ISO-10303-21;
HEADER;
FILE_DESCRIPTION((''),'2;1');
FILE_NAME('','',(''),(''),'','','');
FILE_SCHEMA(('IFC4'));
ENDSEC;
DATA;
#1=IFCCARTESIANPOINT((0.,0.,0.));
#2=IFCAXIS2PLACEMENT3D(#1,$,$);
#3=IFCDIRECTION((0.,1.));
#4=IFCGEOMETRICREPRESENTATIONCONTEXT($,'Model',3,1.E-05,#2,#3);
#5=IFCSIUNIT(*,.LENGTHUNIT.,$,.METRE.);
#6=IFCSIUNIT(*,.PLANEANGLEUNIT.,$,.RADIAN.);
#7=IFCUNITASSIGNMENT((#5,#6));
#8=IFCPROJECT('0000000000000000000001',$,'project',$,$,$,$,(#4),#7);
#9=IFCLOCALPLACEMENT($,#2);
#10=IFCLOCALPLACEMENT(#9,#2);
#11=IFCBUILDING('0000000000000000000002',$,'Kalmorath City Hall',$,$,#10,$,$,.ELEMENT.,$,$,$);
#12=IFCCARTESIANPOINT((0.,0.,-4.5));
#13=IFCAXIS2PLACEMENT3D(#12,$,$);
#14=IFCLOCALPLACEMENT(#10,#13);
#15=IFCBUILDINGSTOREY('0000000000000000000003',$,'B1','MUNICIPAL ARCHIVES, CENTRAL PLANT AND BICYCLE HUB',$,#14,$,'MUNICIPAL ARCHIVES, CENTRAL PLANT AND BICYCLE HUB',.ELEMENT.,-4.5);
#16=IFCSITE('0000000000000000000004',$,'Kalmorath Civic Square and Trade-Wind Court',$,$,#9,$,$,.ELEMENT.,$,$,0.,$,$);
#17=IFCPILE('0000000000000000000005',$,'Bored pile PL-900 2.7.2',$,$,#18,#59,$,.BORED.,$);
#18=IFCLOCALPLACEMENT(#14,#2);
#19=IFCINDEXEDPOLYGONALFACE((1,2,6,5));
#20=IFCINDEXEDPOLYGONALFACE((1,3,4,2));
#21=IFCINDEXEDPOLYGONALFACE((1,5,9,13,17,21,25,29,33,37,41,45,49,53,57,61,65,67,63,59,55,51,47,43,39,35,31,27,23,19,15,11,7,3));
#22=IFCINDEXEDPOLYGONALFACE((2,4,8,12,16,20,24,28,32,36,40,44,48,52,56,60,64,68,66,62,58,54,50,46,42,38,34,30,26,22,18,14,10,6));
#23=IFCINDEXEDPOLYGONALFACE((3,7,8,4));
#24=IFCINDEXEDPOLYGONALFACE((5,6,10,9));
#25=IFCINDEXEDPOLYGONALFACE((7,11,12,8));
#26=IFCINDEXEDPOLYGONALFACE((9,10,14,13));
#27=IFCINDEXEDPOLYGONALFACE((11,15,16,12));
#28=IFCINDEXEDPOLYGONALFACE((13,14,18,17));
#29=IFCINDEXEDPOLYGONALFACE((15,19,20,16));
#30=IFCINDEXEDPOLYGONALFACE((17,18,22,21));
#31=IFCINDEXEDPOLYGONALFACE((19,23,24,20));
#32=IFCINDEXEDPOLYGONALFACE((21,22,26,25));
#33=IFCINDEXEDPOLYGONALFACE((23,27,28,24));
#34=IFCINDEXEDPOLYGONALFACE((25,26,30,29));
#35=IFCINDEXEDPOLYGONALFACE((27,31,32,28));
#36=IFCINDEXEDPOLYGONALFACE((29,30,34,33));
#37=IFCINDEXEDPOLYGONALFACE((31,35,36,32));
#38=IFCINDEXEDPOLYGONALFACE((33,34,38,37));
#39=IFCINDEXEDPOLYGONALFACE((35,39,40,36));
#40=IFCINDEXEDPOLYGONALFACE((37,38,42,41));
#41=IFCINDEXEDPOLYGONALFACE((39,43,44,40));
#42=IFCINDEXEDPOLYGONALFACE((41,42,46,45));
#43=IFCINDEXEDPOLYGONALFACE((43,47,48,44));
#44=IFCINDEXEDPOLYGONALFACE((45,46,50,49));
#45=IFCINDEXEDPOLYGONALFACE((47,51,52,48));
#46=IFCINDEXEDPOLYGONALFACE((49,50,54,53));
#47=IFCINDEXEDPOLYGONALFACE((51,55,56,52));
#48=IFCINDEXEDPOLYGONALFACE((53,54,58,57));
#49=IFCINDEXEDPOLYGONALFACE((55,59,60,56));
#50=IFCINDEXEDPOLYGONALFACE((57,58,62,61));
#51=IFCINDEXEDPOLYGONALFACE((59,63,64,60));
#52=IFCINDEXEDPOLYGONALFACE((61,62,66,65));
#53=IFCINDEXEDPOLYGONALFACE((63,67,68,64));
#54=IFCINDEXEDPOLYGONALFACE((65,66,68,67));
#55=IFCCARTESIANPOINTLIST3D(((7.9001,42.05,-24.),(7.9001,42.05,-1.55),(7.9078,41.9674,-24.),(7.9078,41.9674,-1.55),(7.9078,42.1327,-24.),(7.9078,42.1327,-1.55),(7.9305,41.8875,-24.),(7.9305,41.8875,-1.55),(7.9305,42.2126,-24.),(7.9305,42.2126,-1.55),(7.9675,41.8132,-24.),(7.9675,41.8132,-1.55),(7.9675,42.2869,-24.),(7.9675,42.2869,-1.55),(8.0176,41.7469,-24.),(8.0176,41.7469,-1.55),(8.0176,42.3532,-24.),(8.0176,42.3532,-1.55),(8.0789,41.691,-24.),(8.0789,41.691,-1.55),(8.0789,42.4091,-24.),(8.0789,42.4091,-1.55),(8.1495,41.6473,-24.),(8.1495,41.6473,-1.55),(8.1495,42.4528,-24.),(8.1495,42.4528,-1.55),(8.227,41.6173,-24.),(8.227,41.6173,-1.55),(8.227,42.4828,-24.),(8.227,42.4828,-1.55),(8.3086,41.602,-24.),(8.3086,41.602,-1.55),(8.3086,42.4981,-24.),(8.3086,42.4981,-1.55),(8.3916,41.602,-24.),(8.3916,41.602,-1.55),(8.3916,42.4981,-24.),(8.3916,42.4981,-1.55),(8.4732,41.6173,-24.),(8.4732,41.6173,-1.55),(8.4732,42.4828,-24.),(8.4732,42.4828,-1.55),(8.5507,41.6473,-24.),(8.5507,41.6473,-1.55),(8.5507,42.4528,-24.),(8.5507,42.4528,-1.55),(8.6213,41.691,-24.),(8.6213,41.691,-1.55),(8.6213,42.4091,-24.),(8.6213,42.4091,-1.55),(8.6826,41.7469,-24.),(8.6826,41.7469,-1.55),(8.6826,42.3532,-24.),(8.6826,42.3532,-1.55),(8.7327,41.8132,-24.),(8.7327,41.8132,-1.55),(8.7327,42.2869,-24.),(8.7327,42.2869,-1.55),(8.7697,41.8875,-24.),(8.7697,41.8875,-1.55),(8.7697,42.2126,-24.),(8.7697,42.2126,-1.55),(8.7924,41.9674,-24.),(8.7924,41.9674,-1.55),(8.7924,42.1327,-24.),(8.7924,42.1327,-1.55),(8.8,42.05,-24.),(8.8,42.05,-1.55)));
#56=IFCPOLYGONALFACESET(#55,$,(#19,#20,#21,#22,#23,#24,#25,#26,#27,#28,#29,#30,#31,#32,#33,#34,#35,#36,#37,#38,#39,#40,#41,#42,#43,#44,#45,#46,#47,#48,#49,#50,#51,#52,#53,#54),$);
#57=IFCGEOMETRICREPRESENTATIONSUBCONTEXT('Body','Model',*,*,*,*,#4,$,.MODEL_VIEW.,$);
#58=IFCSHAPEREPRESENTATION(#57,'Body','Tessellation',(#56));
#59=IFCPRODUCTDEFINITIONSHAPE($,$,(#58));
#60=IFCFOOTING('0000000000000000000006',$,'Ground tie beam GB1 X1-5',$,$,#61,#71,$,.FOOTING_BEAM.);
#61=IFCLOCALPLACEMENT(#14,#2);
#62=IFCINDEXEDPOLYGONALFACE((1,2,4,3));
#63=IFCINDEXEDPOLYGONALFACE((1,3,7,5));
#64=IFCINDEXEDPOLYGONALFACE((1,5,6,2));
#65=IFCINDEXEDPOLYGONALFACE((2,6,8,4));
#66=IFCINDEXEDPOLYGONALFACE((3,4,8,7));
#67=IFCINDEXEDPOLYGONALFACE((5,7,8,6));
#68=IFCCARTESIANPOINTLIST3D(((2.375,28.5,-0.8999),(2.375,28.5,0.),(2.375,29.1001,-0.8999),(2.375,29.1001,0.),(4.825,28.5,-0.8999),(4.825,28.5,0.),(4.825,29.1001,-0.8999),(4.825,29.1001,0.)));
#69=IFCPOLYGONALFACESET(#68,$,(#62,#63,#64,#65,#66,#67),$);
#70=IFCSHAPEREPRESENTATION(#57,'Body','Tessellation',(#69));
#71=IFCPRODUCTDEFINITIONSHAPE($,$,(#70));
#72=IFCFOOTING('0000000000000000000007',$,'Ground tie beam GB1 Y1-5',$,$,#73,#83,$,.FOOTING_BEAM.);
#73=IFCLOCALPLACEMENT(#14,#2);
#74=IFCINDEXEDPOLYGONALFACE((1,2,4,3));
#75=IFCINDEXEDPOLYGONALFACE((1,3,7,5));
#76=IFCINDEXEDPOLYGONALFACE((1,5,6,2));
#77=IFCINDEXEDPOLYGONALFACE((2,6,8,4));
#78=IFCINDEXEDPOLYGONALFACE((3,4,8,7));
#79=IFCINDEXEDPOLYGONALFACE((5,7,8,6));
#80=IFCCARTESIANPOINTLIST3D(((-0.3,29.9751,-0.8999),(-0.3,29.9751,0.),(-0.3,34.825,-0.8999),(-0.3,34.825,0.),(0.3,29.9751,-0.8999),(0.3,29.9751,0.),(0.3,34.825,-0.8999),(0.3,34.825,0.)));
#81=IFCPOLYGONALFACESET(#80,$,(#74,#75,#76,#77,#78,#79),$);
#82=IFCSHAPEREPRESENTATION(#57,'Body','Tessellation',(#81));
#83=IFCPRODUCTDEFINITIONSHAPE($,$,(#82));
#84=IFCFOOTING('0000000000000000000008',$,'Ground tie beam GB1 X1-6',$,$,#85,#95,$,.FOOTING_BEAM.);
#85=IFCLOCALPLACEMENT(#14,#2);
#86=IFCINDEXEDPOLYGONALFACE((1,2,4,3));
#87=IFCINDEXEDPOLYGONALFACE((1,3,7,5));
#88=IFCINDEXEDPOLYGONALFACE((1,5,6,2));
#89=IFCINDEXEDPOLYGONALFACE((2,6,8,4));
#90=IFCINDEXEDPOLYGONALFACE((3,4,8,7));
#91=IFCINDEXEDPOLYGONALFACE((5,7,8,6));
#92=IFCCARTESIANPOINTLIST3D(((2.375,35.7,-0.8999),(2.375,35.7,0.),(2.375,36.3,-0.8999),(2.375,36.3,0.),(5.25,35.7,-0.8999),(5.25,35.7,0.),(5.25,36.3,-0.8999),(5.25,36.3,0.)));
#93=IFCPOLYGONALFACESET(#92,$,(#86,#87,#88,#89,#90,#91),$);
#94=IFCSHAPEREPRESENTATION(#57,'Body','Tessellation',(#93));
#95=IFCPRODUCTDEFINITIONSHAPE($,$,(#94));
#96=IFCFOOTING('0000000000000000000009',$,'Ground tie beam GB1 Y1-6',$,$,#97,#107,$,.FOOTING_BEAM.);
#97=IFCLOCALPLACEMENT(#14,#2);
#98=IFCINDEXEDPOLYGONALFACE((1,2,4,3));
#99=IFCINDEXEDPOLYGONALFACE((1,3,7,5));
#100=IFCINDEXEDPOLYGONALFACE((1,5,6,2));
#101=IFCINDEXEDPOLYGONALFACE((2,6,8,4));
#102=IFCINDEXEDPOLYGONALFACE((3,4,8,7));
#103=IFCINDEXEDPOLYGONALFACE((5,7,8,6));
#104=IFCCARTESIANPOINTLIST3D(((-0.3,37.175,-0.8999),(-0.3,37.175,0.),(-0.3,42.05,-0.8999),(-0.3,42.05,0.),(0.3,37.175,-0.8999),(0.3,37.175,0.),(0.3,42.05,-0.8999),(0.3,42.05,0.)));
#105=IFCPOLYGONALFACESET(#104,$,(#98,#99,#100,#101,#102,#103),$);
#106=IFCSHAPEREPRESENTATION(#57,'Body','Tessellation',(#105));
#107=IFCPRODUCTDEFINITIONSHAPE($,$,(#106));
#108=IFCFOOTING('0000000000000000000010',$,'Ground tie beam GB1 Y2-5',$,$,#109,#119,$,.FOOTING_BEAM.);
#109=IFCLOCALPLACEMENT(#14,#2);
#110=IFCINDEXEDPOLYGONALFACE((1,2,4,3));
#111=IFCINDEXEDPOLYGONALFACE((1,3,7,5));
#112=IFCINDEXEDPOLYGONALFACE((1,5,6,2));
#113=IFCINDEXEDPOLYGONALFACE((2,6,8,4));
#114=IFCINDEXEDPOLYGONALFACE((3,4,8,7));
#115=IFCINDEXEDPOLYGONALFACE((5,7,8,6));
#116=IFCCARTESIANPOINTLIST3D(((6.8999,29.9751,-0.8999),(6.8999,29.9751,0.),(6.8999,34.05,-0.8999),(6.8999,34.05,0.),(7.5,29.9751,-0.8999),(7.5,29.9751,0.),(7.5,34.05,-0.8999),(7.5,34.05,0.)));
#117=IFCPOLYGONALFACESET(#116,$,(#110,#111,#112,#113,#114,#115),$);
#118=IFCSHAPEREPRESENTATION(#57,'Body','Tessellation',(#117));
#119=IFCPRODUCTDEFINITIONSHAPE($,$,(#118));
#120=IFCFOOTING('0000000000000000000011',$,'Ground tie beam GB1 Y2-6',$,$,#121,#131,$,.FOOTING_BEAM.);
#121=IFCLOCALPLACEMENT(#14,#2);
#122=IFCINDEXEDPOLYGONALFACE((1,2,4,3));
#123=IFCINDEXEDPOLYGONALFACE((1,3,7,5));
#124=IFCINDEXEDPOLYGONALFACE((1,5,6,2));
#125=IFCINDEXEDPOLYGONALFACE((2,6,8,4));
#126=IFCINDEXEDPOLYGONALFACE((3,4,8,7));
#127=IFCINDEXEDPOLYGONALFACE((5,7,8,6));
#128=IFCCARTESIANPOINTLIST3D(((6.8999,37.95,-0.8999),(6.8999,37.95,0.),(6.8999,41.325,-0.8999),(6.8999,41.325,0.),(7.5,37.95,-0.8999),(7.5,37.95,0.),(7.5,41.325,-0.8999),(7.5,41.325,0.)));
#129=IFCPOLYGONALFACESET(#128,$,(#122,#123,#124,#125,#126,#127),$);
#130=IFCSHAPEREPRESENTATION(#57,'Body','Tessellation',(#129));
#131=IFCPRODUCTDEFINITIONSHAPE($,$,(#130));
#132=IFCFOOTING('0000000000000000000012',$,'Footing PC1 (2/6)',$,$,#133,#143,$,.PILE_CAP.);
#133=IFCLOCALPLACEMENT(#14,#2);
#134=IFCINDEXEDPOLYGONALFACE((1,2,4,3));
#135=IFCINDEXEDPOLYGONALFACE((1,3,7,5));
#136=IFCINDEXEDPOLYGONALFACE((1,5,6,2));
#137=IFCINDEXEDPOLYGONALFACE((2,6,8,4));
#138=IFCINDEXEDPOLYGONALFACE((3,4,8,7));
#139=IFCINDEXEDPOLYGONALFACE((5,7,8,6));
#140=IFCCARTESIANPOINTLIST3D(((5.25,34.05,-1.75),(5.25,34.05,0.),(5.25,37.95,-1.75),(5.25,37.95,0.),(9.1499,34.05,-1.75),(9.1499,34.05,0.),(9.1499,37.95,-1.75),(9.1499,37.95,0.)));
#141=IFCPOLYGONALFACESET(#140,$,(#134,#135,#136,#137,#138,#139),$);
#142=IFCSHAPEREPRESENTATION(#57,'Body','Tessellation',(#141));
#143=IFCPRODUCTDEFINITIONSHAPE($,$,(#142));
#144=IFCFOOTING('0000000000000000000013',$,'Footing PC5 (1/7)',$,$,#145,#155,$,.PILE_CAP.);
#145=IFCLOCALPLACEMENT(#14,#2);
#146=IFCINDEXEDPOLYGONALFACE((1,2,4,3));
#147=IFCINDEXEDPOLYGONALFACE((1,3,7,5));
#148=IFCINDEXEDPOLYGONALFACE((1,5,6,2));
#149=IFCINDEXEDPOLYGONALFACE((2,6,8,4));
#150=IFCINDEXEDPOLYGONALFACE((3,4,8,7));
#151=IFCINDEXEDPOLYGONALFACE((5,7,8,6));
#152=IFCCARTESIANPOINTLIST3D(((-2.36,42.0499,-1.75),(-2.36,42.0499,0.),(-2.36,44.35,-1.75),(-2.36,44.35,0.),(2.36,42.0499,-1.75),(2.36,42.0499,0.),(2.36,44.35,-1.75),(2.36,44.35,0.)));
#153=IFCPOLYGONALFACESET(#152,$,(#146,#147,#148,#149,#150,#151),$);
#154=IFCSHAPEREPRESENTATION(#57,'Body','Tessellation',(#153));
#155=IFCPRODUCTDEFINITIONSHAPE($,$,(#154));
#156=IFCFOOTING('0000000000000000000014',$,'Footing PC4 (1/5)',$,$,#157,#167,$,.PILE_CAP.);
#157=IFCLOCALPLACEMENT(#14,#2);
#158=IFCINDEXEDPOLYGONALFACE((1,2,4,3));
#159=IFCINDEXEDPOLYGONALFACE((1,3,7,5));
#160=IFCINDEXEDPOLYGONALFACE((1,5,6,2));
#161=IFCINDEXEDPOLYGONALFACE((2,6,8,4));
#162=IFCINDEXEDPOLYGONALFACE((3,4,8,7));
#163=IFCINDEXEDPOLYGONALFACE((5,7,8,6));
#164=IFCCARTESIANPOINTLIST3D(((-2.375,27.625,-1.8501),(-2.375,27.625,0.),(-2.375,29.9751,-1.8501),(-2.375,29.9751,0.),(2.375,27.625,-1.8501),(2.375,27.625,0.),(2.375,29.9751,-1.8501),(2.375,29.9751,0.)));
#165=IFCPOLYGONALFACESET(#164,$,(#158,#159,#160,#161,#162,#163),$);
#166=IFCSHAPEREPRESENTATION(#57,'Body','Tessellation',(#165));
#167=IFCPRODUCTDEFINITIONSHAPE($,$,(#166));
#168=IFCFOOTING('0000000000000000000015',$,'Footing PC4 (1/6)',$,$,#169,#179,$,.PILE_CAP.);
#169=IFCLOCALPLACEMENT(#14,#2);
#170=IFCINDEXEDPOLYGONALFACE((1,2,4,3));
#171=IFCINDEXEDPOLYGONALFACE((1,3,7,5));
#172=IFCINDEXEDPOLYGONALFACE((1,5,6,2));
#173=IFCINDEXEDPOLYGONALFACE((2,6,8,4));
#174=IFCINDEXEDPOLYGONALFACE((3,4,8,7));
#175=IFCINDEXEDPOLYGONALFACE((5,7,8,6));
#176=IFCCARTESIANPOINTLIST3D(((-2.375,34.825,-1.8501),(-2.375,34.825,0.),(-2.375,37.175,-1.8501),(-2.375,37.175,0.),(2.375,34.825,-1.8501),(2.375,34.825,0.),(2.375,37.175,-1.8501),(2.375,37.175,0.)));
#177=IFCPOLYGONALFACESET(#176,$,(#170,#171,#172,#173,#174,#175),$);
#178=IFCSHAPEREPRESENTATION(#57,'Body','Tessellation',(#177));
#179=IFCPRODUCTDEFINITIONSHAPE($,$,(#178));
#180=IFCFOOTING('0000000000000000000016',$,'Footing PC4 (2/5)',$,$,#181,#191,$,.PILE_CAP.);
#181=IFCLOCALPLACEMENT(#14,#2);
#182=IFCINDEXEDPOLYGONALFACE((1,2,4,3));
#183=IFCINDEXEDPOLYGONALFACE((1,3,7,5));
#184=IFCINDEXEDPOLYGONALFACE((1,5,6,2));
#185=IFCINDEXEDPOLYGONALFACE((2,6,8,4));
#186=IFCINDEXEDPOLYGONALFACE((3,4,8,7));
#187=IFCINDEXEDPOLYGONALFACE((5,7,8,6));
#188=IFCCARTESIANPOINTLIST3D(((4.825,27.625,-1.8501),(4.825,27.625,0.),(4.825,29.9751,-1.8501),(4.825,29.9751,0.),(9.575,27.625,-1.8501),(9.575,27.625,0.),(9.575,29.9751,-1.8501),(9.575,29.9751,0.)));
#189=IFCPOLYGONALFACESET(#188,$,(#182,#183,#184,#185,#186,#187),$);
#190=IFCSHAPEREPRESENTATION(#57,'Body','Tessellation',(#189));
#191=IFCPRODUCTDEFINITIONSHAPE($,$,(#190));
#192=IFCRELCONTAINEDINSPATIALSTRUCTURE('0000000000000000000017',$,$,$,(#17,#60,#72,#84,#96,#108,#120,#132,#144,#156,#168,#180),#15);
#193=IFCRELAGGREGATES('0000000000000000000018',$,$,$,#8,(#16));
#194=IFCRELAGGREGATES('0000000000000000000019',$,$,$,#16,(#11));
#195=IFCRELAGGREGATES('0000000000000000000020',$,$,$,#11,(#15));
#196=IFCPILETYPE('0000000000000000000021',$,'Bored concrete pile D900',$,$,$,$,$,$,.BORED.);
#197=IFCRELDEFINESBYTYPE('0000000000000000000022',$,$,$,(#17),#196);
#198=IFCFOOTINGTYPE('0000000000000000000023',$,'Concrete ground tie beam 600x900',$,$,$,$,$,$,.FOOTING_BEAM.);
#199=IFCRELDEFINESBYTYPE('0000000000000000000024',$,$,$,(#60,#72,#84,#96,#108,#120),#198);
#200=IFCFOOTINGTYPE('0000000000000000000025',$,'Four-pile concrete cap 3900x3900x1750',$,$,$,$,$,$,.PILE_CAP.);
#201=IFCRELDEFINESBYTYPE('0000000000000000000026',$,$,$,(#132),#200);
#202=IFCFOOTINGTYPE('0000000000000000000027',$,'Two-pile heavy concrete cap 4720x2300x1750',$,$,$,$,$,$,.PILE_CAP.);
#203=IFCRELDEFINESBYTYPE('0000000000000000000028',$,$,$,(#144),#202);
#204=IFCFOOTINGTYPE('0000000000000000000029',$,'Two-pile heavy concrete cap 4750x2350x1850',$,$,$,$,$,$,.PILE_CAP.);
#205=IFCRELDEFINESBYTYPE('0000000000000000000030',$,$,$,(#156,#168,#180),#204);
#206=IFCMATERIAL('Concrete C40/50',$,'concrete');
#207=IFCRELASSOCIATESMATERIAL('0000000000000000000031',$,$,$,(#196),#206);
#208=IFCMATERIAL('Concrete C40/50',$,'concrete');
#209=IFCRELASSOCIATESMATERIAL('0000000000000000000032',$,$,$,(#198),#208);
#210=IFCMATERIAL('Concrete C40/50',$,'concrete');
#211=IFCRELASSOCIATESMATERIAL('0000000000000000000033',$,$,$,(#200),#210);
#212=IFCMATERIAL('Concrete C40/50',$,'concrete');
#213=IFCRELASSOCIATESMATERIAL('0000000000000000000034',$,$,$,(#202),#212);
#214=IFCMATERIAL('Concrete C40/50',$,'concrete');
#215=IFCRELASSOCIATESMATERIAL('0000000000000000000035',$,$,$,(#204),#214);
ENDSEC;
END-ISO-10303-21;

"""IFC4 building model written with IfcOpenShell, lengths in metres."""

from ifc_helpers import new_model, si_unit, direction, frame, origin, origin_2d, place, context, subcontext, project, spatial, rectangle, circle, extrude, material, material_profile, profile_set, type_object, element, save


model = new_model("IFC4")

# Units and contexts
model_context = context("Model", 3, precision=1e-05, world=origin(), true_north=direction((0.0, 1.0)))
body_context = subcontext(model_context, "Body", "Model", "MODEL_VIEW")
ifc_project = project(units=[si_unit("LENGTHUNIT", "METRE"), si_unit("PLANEANGLEUNIT", "RADIAN")], contexts=[model_context])

# Site, building, storey
site_placement = place(None, origin())
site = spatial("IfcSite", under=ifc_project, at=site_placement, Name="Kalmorath Civic Square and Trade-Wind Court", CompositionType="ELEMENT", RefElevation=0.0)
building_placement = place(site_placement, origin())
building = spatial("IfcBuilding", under=site, at=building_placement, Name="Kalmorath City Hall", CompositionType="ELEMENT")
storey_placement = place(building_placement, frame((0.0, 0.0, -4.5)))
storey = spatial("IfcBuildingStorey", under=building, at=storey_placement, Name="B1", Description="MUNICIPAL ARCHIVES, CENTRAL PLANT AND BICYCLE HUB", LongName="MUNICIPAL ARCHIVES, CENTRAL PLANT AND BICYCLE HUB", CompositionType="ELEMENT", Elevation=-4.5)

# Pile
ifc_material_1 = material(Name="Concrete C40/50", Category="concrete")
ifc_material_profile_1 = material_profile(ifc_material_1, circle(Radius=0.45, at=origin_2d()), Name="PILE-D900")
ifc_profile_set_1 = profile_set([ifc_material_profile_1], Name="Concrete C40/50")
pile_type_1 = type_object("IfcPileType", Name="Bored concrete pile D900", PredefinedType="BORED", material=ifc_profile_set_1)
for number, where, z_axis, x_axis, name in (
    (1, (8.3501, 42.05, -1.55), (0.0, 0.0, -1.0), (1.0, 0.0, 0.0), "Bored pile PL-900 2.7.2"),
):
    element("IfcPile", number, at=place(storey_placement, frame(where, z_axis=z_axis, x_axis=x_axis)), inside=storey, type_object=pile_type_1, Name=name, PredefinedType="BORED", context=body_context, shape_type="SweptSolid", body=[
        extrude(circle(Radius=0.45, at=origin_2d()), origin(), (0.0, 0.0, 1.0), 22.45),
    ])

# Footings
ifc_material_2 = material(Name="Concrete C40/50", Category="concrete")
ifc_material_profile_2 = material_profile(ifc_material_2, rectangle(XDim=0.6001, YDim=0.8999, at=origin_2d()), Name="RC-BM-600X900")
ifc_profile_set_2 = profile_set([ifc_material_profile_2], Name="Concrete C40/50")
footing_type_1 = type_object("IfcFootingType", Name="Concrete ground tie beam 600x900", PredefinedType="FOOTING_BEAM", material=ifc_profile_set_2)
footing_1_placement = place(storey_placement, frame((2.375, 28.8, -0.45), z_axis=(1.0, 0.0, 0.0), x_axis=(0.0, 1.0, 0.0)))
element("IfcFooting", 2, at=footing_1_placement, inside=storey, type_object=footing_type_1, Name="Ground tie beam GB1 X1-5", PredefinedType="FOOTING_BEAM", context=body_context, shape_type="SweptSolid", body=[
    extrude(rectangle(XDim=0.6001, YDim=0.8999, at=origin_2d()), origin(), (0.0, 0.0, 1.0), 2.45),
])
footing_2_placement = place(storey_placement, frame((0.0, 29.9751, -0.45), z_axis=(0.0, 1.0, 0.0), x_axis=(-1.0, 0.0, 0.0)))
element("IfcFooting", 3, at=footing_2_placement, inside=storey, type_object=footing_type_1, Name="Ground tie beam GB1 Y1-5", PredefinedType="FOOTING_BEAM", context=body_context, shape_type="SweptSolid", body=[
    extrude(rectangle(XDim=0.6001, YDim=0.8999, at=origin_2d()), origin(), (0.0, 0.0, 1.0), 4.8499),
])
footing_3_placement = place(storey_placement, frame((2.375, 36.0, -0.45), z_axis=(1.0, 0.0, 0.0), x_axis=(0.0, 1.0, 0.0)))
element("IfcFooting", 4, at=footing_3_placement, inside=storey, type_object=footing_type_1, Name="Ground tie beam GB1 X1-6", PredefinedType="FOOTING_BEAM", context=body_context, shape_type="SweptSolid", body=[
    extrude(rectangle(XDim=0.6001, YDim=0.8999, at=origin_2d()), origin(), (0.0, 0.0, 1.0), 2.875),
])
footing_4_placement = place(storey_placement, frame((0.0, 37.175, -0.45), z_axis=(0.0, 1.0, 0.0), x_axis=(-1.0, 0.0, 0.0)))
element("IfcFooting", 5, at=footing_4_placement, inside=storey, type_object=footing_type_1, Name="Ground tie beam GB1 Y1-6", PredefinedType="FOOTING_BEAM", context=body_context, shape_type="SweptSolid", body=[
    extrude(rectangle(XDim=0.6001, YDim=0.8999, at=origin_2d()), origin(), (0.0, 0.0, 1.0), 4.875),
])
footing_5_placement = place(storey_placement, frame((7.2, 29.9751, -0.45), z_axis=(0.0, 1.0, 0.0), x_axis=(-1.0, 0.0, 0.0)))
element("IfcFooting", 6, at=footing_5_placement, inside=storey, type_object=footing_type_1, Name="Ground tie beam GB1 Y2-5", PredefinedType="FOOTING_BEAM", context=body_context, shape_type="SweptSolid", body=[
    extrude(rectangle(XDim=0.6001, YDim=0.8999, at=origin_2d()), origin(), (0.0, 0.0, 1.0), 4.075),
])
footing_6_placement = place(storey_placement, frame((7.2, 37.95, -0.45), z_axis=(0.0, 1.0, 0.0), x_axis=(-1.0, 0.0, 0.0)))
element("IfcFooting", 7, at=footing_6_placement, inside=storey, type_object=footing_type_1, Name="Ground tie beam GB1 Y2-6", PredefinedType="FOOTING_BEAM", context=body_context, shape_type="SweptSolid", body=[
    extrude(rectangle(XDim=0.6001, YDim=0.8999, at=origin_2d()), origin(), (0.0, 0.0, 1.0), 3.375),
])
ifc_material_3 = material(Name="Concrete C40/50", Category="concrete")
footing_type_2 = type_object("IfcFootingType", Name="Four-pile concrete cap 3900x3900x1750", PredefinedType="PILE_CAP", material=ifc_material_3)
footing_7_placement = place(storey_placement, frame((7.2, 36.0, -1.75), z_axis=(0.0, 0.0, 1.0), x_axis=(1.0, 0.0, 0.0)))
element("IfcFooting", 8, at=footing_7_placement, inside=storey, type_object=footing_type_2, Name="Footing PC1 (2/6)", PredefinedType="PILE_CAP", context=body_context, shape_type="SweptSolid", body=[
    extrude(rectangle(XDim=3.8999, YDim=3.8999, at=origin_2d()), origin(), (0.0, 0.0, 1.0), 1.75),
])
ifc_material_4 = material(Name="Concrete C40/50", Category="concrete")
footing_type_3 = type_object("IfcFootingType", Name="Two-pile heavy concrete cap 4720x2300x1750", PredefinedType="PILE_CAP", material=ifc_material_4)
footing_8_placement = place(storey_placement, frame((0.0, 43.2, -1.75), z_axis=(0.0, 0.0, 1.0), x_axis=(1.0, 0.0, 0.0)))
element("IfcFooting", 9, at=footing_8_placement, inside=storey, type_object=footing_type_3, Name="Footing PC5 (1/7)", PredefinedType="PILE_CAP", context=body_context, shape_type="SweptSolid", body=[
    extrude(rectangle(XDim=4.72, YDim=2.3, at=origin_2d()), origin(), (0.0, 0.0, 1.0), 1.75),
])
ifc_material_5 = material(Name="Concrete C40/50", Category="concrete")
footing_type_4 = type_object("IfcFootingType", Name="Two-pile heavy concrete cap 4750x2350x1850", PredefinedType="PILE_CAP", material=ifc_material_5)
for number, where, z_axis, x_axis, name in (
    (10, (0.0, 28.8, -1.8501), (0.0, 0.0, 1.0), (1.0, 0.0, 0.0), "Footing PC4 (1/5)"),
    (11, (0.0, 36.0, -1.8501), (0.0, 0.0, 1.0), (1.0, 0.0, 0.0), "Footing PC4 (1/6)"),
    (12, (7.2, 28.8, -1.8501), (0.0, 0.0, 1.0), (1.0, 0.0, 0.0), "Footing PC4 (2/5)"),
):
    element("IfcFooting", number, at=place(storey_placement, frame(where, z_axis=z_axis, x_axis=x_axis)), inside=storey, type_object=footing_type_4, Name=name, PredefinedType="PILE_CAP", context=body_context, shape_type="SweptSolid", body=[
        extrude(rectangle(XDim=4.75, YDim=2.3501, at=origin_2d()), origin(), (0.0, 0.0, 1.0), 1.8501),
    ])

save(model, "model.ifc")
